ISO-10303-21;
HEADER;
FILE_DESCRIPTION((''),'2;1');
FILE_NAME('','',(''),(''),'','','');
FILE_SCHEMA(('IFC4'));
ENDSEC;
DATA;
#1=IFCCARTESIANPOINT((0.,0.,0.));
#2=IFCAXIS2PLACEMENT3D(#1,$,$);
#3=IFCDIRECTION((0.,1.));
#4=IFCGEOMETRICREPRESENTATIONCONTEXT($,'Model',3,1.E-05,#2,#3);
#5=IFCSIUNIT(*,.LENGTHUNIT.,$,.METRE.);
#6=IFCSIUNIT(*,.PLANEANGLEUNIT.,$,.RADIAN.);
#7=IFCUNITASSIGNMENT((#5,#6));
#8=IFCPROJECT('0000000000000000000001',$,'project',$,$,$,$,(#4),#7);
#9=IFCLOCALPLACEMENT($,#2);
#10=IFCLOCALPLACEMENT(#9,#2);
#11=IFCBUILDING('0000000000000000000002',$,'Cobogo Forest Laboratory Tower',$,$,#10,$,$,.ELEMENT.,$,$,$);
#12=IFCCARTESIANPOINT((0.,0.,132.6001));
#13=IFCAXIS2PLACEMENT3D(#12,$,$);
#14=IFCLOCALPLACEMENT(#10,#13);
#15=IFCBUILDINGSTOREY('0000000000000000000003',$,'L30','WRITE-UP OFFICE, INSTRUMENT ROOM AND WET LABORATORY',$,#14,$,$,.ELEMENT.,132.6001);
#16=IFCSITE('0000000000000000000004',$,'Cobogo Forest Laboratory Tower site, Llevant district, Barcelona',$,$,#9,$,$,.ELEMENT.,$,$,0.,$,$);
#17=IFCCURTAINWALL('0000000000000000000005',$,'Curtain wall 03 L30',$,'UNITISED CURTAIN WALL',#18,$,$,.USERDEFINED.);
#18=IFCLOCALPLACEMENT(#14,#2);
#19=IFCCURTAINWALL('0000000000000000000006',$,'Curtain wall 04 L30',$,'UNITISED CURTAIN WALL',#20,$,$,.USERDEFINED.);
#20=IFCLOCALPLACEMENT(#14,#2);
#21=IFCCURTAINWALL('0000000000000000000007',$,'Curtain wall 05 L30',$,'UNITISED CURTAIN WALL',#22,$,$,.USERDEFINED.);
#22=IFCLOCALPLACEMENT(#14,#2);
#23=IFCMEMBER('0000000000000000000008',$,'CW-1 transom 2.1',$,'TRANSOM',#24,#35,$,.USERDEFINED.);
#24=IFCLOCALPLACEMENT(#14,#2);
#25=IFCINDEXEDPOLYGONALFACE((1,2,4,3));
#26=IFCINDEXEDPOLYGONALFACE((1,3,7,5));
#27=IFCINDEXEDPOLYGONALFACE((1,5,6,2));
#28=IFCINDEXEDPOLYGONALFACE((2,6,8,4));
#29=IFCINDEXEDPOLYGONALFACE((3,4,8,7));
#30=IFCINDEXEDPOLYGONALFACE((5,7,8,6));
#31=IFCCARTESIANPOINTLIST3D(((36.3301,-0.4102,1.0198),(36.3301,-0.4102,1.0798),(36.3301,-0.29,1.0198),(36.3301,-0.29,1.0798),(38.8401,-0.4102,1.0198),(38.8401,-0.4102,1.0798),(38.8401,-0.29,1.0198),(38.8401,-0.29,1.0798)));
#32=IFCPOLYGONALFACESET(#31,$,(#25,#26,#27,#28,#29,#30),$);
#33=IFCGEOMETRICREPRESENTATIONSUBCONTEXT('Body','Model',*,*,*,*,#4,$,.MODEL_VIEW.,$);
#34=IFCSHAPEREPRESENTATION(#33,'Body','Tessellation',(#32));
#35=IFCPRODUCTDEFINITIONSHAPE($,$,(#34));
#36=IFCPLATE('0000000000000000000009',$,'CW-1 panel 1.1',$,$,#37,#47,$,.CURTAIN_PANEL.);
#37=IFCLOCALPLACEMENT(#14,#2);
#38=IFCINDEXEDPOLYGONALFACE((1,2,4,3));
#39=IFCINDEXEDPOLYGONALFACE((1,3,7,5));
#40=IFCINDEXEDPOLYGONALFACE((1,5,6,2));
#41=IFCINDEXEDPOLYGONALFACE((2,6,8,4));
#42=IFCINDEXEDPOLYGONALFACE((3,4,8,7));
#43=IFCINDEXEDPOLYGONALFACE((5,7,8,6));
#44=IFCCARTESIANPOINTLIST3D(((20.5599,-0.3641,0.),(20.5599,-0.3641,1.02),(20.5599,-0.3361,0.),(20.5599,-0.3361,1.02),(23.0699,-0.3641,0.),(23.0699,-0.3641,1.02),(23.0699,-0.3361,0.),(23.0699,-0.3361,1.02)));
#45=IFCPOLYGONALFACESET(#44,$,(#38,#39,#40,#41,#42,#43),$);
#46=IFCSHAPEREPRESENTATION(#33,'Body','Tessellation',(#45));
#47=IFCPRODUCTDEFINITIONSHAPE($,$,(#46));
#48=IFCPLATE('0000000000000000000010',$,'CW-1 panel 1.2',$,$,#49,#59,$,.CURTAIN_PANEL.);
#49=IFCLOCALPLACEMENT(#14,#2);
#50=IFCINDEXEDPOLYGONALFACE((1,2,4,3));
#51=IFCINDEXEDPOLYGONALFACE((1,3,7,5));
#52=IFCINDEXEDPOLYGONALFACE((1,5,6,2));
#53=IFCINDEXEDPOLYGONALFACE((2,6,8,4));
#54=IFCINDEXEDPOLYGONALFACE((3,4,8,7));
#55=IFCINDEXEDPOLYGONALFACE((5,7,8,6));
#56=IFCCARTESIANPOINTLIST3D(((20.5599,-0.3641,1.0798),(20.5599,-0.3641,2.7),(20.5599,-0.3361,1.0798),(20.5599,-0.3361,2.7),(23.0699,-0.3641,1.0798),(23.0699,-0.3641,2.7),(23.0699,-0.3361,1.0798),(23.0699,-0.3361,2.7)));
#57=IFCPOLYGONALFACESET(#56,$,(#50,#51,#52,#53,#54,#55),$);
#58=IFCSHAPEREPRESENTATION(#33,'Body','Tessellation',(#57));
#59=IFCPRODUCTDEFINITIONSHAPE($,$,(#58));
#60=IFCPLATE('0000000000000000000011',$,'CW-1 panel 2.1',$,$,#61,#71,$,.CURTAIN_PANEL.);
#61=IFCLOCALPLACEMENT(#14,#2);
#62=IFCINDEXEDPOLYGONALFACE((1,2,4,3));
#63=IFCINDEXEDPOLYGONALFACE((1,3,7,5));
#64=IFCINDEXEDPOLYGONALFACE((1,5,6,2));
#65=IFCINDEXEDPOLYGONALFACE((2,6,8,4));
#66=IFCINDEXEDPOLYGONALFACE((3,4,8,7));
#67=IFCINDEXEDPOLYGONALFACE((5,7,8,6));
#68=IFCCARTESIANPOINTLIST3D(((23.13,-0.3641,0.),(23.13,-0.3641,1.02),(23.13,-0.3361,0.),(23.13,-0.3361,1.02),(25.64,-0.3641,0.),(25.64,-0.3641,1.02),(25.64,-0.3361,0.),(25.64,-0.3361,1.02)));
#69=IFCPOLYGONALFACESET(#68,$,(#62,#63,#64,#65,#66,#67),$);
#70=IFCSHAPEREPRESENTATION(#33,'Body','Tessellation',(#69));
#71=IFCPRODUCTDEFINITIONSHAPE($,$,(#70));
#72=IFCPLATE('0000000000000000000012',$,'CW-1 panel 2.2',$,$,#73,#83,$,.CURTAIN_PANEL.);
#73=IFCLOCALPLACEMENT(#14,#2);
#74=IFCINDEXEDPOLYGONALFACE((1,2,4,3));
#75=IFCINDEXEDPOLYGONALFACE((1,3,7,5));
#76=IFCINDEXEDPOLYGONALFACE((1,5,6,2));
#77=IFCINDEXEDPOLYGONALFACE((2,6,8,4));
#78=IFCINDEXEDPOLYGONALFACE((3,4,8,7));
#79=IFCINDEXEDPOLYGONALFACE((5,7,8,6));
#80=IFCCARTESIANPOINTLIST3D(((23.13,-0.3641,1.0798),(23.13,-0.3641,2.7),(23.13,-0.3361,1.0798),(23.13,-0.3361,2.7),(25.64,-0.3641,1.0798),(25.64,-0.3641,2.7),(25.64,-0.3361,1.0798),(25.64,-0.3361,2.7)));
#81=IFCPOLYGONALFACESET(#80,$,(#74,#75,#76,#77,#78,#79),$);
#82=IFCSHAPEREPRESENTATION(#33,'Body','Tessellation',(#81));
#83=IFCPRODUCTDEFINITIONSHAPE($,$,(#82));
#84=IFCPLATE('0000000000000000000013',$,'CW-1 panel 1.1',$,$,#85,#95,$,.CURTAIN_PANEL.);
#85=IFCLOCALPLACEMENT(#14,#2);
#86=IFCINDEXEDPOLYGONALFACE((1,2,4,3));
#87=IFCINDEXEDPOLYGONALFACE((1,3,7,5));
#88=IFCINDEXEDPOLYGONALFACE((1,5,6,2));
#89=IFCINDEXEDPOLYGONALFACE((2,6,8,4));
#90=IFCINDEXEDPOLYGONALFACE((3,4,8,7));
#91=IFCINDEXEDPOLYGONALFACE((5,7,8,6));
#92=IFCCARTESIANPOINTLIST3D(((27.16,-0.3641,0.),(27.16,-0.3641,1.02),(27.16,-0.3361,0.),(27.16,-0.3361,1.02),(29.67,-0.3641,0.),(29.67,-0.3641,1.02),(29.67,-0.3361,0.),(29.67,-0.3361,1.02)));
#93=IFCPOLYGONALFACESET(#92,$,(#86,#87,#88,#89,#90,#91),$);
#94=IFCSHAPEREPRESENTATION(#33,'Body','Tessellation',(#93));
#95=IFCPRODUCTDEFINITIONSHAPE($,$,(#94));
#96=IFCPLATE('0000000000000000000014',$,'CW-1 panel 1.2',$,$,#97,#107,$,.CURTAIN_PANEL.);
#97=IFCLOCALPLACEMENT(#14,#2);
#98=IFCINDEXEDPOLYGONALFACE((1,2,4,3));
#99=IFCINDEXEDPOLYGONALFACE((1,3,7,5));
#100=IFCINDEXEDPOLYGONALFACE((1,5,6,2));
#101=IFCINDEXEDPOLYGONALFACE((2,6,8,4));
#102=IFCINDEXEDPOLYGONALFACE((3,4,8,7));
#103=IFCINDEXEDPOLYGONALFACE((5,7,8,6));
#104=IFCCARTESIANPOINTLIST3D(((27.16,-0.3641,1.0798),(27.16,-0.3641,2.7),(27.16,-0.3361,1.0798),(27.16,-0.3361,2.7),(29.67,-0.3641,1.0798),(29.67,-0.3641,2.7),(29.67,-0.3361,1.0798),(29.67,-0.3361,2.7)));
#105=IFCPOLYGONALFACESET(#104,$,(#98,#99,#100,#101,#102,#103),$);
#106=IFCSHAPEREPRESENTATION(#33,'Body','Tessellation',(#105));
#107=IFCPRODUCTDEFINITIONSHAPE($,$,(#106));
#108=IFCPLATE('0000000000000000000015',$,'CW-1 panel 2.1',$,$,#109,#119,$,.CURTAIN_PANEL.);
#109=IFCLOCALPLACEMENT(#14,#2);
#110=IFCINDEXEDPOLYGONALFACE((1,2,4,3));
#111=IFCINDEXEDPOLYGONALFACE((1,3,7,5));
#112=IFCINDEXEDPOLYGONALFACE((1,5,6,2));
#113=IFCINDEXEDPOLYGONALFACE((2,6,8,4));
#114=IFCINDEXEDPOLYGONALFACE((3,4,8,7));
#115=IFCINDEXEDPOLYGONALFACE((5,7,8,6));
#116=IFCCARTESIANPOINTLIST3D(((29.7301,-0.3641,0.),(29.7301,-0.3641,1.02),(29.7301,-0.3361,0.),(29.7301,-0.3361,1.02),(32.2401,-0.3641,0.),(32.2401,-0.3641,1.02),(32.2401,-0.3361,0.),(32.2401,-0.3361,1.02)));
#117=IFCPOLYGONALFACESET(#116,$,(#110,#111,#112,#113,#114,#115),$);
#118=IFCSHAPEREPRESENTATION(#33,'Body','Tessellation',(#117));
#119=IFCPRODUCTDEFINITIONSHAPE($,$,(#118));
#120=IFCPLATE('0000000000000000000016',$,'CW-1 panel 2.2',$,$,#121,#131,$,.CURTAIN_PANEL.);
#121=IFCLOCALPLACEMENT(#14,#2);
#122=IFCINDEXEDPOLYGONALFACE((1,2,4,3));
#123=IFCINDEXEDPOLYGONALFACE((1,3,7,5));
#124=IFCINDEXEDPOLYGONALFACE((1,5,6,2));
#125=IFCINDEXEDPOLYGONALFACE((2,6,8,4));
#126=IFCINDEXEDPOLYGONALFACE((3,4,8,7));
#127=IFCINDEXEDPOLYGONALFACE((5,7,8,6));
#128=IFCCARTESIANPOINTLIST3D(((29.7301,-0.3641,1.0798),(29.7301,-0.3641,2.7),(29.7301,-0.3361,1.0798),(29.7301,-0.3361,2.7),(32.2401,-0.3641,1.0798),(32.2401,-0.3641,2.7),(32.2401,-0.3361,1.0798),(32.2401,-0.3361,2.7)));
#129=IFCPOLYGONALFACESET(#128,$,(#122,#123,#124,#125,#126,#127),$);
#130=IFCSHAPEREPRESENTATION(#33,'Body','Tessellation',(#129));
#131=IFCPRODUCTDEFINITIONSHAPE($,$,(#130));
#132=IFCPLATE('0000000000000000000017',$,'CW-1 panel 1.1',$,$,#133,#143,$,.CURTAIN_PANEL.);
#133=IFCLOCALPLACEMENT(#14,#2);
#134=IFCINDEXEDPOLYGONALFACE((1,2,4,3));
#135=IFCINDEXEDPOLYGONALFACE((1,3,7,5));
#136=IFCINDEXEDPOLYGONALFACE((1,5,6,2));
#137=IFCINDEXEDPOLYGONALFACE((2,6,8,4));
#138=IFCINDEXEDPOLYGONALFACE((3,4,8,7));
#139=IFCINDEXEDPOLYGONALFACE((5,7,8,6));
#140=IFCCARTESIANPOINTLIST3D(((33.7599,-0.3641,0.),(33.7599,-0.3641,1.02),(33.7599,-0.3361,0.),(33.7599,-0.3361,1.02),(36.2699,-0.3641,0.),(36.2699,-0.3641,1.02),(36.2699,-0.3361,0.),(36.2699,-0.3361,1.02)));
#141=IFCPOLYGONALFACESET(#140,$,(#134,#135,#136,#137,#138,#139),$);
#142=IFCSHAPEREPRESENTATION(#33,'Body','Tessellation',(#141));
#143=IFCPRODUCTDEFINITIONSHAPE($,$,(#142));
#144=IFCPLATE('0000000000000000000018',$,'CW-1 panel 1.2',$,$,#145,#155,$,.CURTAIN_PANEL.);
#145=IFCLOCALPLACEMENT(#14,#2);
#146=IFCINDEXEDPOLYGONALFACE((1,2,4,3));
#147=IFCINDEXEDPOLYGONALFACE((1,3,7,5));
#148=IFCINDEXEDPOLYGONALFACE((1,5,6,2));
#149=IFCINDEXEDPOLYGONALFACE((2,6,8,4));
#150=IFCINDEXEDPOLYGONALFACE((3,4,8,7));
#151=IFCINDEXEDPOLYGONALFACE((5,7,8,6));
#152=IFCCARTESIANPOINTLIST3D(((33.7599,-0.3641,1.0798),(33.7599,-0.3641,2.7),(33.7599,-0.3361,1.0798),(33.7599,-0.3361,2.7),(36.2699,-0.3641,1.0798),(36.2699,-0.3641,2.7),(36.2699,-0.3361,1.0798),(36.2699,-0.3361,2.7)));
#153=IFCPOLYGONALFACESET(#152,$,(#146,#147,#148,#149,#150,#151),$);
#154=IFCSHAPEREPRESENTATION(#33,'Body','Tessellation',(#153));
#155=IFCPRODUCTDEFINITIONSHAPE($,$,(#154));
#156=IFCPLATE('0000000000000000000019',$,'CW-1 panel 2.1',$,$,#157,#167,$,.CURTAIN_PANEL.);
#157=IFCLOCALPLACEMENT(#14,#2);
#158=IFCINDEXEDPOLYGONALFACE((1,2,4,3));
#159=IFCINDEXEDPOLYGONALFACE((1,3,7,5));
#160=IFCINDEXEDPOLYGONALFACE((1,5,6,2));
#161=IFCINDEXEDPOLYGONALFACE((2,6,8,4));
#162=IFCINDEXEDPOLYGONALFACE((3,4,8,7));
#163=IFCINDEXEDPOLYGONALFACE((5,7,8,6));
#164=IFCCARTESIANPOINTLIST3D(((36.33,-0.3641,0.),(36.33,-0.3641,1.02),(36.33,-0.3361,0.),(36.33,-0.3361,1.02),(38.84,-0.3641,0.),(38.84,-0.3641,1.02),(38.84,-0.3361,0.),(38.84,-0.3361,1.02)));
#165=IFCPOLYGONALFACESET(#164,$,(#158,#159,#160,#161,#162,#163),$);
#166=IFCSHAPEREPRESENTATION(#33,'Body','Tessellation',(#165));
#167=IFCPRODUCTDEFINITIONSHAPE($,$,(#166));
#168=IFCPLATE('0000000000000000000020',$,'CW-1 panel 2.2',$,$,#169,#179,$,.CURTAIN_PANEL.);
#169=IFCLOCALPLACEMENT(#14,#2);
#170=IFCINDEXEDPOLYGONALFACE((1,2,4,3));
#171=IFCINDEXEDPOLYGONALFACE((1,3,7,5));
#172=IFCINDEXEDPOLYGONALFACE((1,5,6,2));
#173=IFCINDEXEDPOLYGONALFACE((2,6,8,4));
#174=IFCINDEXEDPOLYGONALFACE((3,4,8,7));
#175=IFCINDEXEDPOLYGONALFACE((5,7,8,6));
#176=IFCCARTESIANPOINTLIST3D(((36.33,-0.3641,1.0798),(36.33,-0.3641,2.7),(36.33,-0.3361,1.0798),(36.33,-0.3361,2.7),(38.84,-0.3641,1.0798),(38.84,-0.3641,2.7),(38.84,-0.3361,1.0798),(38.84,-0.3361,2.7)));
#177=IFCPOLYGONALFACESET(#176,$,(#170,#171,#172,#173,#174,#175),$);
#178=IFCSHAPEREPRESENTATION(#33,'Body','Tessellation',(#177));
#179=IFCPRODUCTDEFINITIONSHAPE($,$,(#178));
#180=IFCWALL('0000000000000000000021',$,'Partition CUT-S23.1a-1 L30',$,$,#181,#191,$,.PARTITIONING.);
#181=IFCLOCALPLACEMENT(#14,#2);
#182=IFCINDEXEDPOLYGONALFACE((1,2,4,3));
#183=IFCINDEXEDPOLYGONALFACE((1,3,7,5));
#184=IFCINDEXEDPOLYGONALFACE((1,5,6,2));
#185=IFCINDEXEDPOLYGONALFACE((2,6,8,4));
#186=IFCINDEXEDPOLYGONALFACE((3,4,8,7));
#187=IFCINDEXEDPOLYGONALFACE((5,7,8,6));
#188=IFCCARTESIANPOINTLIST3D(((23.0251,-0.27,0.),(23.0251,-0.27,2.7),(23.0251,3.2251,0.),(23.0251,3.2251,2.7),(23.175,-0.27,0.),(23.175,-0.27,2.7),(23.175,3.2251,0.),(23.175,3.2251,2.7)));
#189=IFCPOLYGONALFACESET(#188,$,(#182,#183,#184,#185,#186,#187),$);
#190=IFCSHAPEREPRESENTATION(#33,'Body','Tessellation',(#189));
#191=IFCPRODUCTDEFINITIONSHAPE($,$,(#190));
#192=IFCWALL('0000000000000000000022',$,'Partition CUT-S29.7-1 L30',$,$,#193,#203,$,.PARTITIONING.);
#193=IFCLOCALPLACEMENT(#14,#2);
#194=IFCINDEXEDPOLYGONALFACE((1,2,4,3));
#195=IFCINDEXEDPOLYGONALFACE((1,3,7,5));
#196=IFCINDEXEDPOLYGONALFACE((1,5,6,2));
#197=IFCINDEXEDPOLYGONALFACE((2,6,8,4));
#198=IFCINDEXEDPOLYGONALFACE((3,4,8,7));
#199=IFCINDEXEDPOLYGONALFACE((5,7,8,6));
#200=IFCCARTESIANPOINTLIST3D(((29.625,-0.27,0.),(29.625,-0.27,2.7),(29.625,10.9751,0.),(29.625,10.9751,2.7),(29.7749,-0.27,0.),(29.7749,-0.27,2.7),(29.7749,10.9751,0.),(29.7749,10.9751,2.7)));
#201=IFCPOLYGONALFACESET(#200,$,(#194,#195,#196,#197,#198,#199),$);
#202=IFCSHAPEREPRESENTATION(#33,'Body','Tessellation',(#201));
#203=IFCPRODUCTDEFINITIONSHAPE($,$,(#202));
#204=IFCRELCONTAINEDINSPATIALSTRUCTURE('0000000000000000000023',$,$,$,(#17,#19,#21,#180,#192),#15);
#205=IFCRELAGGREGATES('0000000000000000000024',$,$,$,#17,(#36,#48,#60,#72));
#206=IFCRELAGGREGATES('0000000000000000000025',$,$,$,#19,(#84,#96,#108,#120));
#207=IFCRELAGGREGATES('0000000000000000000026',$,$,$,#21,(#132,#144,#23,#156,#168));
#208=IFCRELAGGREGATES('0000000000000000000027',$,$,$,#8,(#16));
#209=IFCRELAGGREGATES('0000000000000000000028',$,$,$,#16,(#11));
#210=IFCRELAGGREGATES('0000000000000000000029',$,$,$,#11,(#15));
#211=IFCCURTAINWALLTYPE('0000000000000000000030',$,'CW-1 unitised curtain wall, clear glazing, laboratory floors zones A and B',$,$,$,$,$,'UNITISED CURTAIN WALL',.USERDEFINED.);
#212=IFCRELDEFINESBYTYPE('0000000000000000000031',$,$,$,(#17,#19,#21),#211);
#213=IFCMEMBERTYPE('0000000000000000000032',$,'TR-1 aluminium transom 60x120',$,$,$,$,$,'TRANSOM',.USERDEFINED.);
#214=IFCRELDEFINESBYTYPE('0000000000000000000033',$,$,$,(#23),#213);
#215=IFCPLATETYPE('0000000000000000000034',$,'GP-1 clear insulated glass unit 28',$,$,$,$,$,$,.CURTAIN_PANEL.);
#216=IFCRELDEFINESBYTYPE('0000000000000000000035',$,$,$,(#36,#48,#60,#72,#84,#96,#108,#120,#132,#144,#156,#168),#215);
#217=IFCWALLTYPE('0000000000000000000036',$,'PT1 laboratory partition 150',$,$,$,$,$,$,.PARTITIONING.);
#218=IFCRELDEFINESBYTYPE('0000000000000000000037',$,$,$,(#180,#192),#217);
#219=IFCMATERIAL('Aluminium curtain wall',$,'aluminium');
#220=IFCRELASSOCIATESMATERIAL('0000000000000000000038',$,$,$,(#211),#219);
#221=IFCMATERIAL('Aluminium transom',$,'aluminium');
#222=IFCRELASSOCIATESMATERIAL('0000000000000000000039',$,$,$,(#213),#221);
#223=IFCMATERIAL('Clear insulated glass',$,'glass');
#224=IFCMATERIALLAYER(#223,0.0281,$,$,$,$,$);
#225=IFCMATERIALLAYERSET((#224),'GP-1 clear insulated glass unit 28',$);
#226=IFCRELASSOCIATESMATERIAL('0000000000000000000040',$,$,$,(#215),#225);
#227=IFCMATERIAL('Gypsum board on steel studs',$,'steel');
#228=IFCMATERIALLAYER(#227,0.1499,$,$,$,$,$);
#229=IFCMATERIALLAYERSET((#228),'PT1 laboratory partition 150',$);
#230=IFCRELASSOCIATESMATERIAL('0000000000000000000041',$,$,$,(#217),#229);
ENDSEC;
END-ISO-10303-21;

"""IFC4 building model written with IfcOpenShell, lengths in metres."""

from ifc_helpers import new_model, si_unit, direction, frame, frame_2d, origin, origin_2d, place, context, subcontext, project, spatial, rectangle, extrude, material, layer, layer_set, material_profile, profile_set, type_object, element, aggregate, save


model = new_model("IFC4")

# Units and contexts
model_context = context("Model", 3, precision=1e-05, world=origin(), true_north=direction((0.0, 1.0)))
body_context = subcontext(model_context, "Body", "Model", "MODEL_VIEW")
ifc_project = project(units=[si_unit("LENGTHUNIT", "METRE"), si_unit("PLANEANGLEUNIT", "RADIAN")], contexts=[model_context])

# Site, building, storey
site_placement = place(None, origin())
site = spatial("IfcSite", under=ifc_project, at=site_placement, Name="Cobogo Forest Laboratory Tower site, Llevant district, Barcelona", CompositionType="ELEMENT", RefElevation=0.0)
building_placement = place(site_placement, origin())
building = spatial("IfcBuilding", under=site, at=building_placement, Name="Cobogo Forest Laboratory Tower", CompositionType="ELEMENT")
storey_placement = place(building_placement, frame((0.0, 0.0, 132.6001)))
storey = spatial("IfcBuildingStorey", under=building, at=storey_placement, Name="L30", Description="WRITE-UP OFFICE, INSTRUMENT ROOM AND WET LABORATORY", CompositionType="ELEMENT", Elevation=132.6001)

# Curtain walls
ifc_material_1 = material(Name="Aluminium curtain wall", Category="aluminium")
curtain_wall_type = type_object("IfcCurtainWallType", Name="CW-1 unitised curtain wall, clear glazing, laboratory floors zones A and B", ElementType="UNITISED CURTAIN WALL", PredefinedType="USERDEFINED", material=ifc_material_1)
curtain_wall_1_placement = place(storey_placement, origin())
curtain_wall_1 = element("IfcCurtainWall", 1, at=curtain_wall_1_placement, inside=storey, type_object=curtain_wall_type, Name="Curtain wall 03 L30", ObjectType="UNITISED CURTAIN WALL", PredefinedType="USERDEFINED")
curtain_wall_2_placement = place(storey_placement, origin())
curtain_wall_2 = element("IfcCurtainWall", 2, at=curtain_wall_2_placement, inside=storey, type_object=curtain_wall_type, Name="Curtain wall 04 L30", ObjectType="UNITISED CURTAIN WALL", PredefinedType="USERDEFINED")
curtain_wall_3_placement = place(storey_placement, origin())
curtain_wall_3 = element("IfcCurtainWall", 3, at=curtain_wall_3_placement, inside=storey, type_object=curtain_wall_type, Name="Curtain wall 05 L30", ObjectType="UNITISED CURTAIN WALL", PredefinedType="USERDEFINED")

# Member
ifc_material_2 = material(Name="Aluminium transom", Category="aluminium")
ifc_material_profile_1 = material_profile(ifc_material_2, rectangle(XDim=0.1201, YDim=0.0601, at=origin_2d()), Name="AL 60x120")
ifc_profile_set_1 = profile_set([ifc_material_profile_1], Name="Aluminium transom")
member_type_1 = type_object("IfcMemberType", Name="TR-1 aluminium transom 60x120", ElementType="TRANSOM", PredefinedType="USERDEFINED", material=ifc_profile_set_1)
member_1_placement = place(storey_placement, frame((36.3301, -0.3501, 1.0498), z_axis=(1.0, 0.0, 0.0), x_axis=(0.0, 1.0, 0.0)))
member_1 = element("IfcMember", 4, at=member_1_placement, type_object=member_type_1, Name="CW-1 transom 2.1", ObjectType="TRANSOM", PredefinedType="USERDEFINED", context=body_context, shape_type="SweptSolid", body=[
    extrude(rectangle(XDim=0.1201, YDim=0.0601, at=origin_2d()), origin(), (0.0, 0.0, 1.0), 2.51),
])

# Plates
ifc_material_3 = material(Name="Clear insulated glass", Category="glass")
ifc_layer_1 = layer(ifc_material_3, 0.0281)
ifc_layer_set_1 = layer_set([ifc_layer_1], Name="GP-1 clear insulated glass unit 28")
plate_type_1 = type_object("IfcPlateType", Name="GP-1 clear insulated glass unit 28", PredefinedType="CURTAIN_PANEL", material=ifc_layer_set_1)
plate_1_placement = place(storey_placement, frame((21.8149, -0.3501, 0.0), z_axis=(0.0, 0.0, 1.0), x_axis=(1.0, 0.0, 0.0)))
plate_1 = element("IfcPlate", 5, at=plate_1_placement, type_object=plate_type_1, Name="CW-1 panel 1.1", PredefinedType="CURTAIN_PANEL", context=body_context, shape_type="SweptSolid", body=[
    extrude(rectangle(XDim=2.51, YDim=0.0281, at=origin_2d()), origin(), (0.0, 0.0, 1.0), 1.02),
])
plate_2_placement = place(storey_placement, frame((21.8149, -0.3501, 1.0798), z_axis=(0.0, 0.0, 1.0), x_axis=(1.0, 0.0, 0.0)))
plate_2 = element("IfcPlate", 6, at=plate_2_placement, type_object=plate_type_1, Name="CW-1 panel 1.2", PredefinedType="CURTAIN_PANEL", context=body_context, shape_type="SweptSolid", body=[
    extrude(rectangle(XDim=2.51, YDim=0.0281, at=origin_2d()), origin(), (0.0, 0.0, 1.0), 1.6201),
])
plate_3_placement = place(storey_placement, frame((24.385, -0.3501, 0.0), z_axis=(0.0, 0.0, 1.0), x_axis=(1.0, 0.0, 0.0)))
plate_3 = element("IfcPlate", 7, at=plate_3_placement, type_object=plate_type_1, Name="CW-1 panel 2.1", PredefinedType="CURTAIN_PANEL", context=body_context, shape_type="SweptSolid", body=[
    extrude(rectangle(XDim=2.51, YDim=0.0281, at=origin_2d()), origin(), (0.0, 0.0, 1.0), 1.02),
])
plate_4_placement = place(storey_placement, frame((24.385, -0.3501, 1.0798), z_axis=(0.0, 0.0, 1.0), x_axis=(1.0, 0.0, 0.0)))
plate_4 = element("IfcPlate", 8, at=plate_4_placement, type_object=plate_type_1, Name="CW-1 panel 2.2", PredefinedType="CURTAIN_PANEL", context=body_context, shape_type="SweptSolid", body=[
    extrude(rectangle(XDim=2.51, YDim=0.0281, at=origin_2d()), origin(), (0.0, 0.0, 1.0), 1.6201),
])
aggregate(curtain_wall_1, [plate_1, plate_2, plate_3, plate_4])
plate_5_placement = place(storey_placement, frame((28.415, -0.3501, 0.0), z_axis=(0.0, 0.0, 1.0), x_axis=(1.0, 0.0, 0.0)))
plate_5 = element("IfcPlate", 9, at=plate_5_placement, type_object=plate_type_1, Name="CW-1 panel 1.1", PredefinedType="CURTAIN_PANEL", context=body_context, shape_type="SweptSolid", body=[
    extrude(rectangle(XDim=2.51, YDim=0.0281, at=origin_2d()), origin(), (0.0, 0.0, 1.0), 1.02),
])
plate_6_placement = place(storey_placement, frame((28.415, -0.3501, 1.0798), z_axis=(0.0, 0.0, 1.0), x_axis=(1.0, 0.0, 0.0)))
plate_6 = element("IfcPlate", 10, at=plate_6_placement, type_object=plate_type_1, Name="CW-1 panel 1.2", PredefinedType="CURTAIN_PANEL", context=body_context, shape_type="SweptSolid", body=[
    extrude(rectangle(XDim=2.51, YDim=0.0281, at=origin_2d()), origin(), (0.0, 0.0, 1.0), 1.6201),
])
plate_7_placement = place(storey_placement, frame((30.9851, -0.3501, 0.0), z_axis=(0.0, 0.0, 1.0), x_axis=(1.0, 0.0, 0.0)))
plate_7 = element("IfcPlate", 11, at=plate_7_placement, type_object=plate_type_1, Name="CW-1 panel 2.1", PredefinedType="CURTAIN_PANEL", context=body_context, shape_type="SweptSolid", body=[
    extrude(rectangle(XDim=2.51, YDim=0.0281, at=origin_2d()), origin(), (0.0, 0.0, 1.0), 1.02),
])
plate_8_placement = place(storey_placement, frame((30.9851, -0.3501, 1.0798), z_axis=(0.0, 0.0, 1.0), x_axis=(1.0, 0.0, 0.0)))
plate_8 = element("IfcPlate", 12, at=plate_8_placement, type_object=plate_type_1, Name="CW-1 panel 2.2", PredefinedType="CURTAIN_PANEL", context=body_context, shape_type="SweptSolid", body=[
    extrude(rectangle(XDim=2.51, YDim=0.0281, at=origin_2d()), origin(), (0.0, 0.0, 1.0), 1.6201),
])
aggregate(curtain_wall_2, [plate_5, plate_6, plate_7, plate_8])
plate_9_placement = place(storey_placement, frame((35.0149, -0.3501, 0.0), z_axis=(0.0, 0.0, 1.0), x_axis=(1.0, 0.0, 0.0)))
plate_9 = element("IfcPlate", 13, at=plate_9_placement, type_object=plate_type_1, Name="CW-1 panel 1.1", PredefinedType="CURTAIN_PANEL", context=body_context, shape_type="SweptSolid", body=[
    extrude(rectangle(XDim=2.51, YDim=0.0281, at=origin_2d()), origin(), (0.0, 0.0, 1.0), 1.02),
])
plate_10_placement = place(storey_placement, frame((35.0149, -0.3501, 1.0798), z_axis=(0.0, 0.0, 1.0), x_axis=(1.0, 0.0, 0.0)))
plate_10 = element("IfcPlate", 14, at=plate_10_placement, type_object=plate_type_1, Name="CW-1 panel 1.2", PredefinedType="CURTAIN_PANEL", context=body_context, shape_type="SweptSolid", body=[
    extrude(rectangle(XDim=2.51, YDim=0.0281, at=origin_2d()), origin(), (0.0, 0.0, 1.0), 1.6201),
])
plate_11_placement = place(storey_placement, frame((37.585, -0.3501, 0.0), z_axis=(0.0, 0.0, 1.0), x_axis=(1.0, 0.0, 0.0)))
plate_11 = element("IfcPlate", 15, at=plate_11_placement, type_object=plate_type_1, Name="CW-1 panel 2.1", PredefinedType="CURTAIN_PANEL", context=body_context, shape_type="SweptSolid", body=[
    extrude(rectangle(XDim=2.51, YDim=0.0281, at=origin_2d()), origin(), (0.0, 0.0, 1.0), 1.02),
])
plate_12_placement = place(storey_placement, frame((37.585, -0.3501, 1.0798), z_axis=(0.0, 0.0, 1.0), x_axis=(1.0, 0.0, 0.0)))
plate_12 = element("IfcPlate", 16, at=plate_12_placement, type_object=plate_type_1, Name="CW-1 panel 2.2", PredefinedType="CURTAIN_PANEL", context=body_context, shape_type="SweptSolid", body=[
    extrude(rectangle(XDim=2.51, YDim=0.0281, at=origin_2d()), origin(), (0.0, 0.0, 1.0), 1.6201),
])
aggregate(curtain_wall_3, [plate_9, plate_10, member_1, plate_11, plate_12])

# Walls
ifc_material_4 = material(Name="Gypsum board on steel studs", Category="steel")
ifc_layer_2 = layer(ifc_material_4, 0.1499)
ifc_layer_set_2 = layer_set([ifc_layer_2], Name="PT1 laboratory partition 150")
wall_type = type_object("IfcWallType", Name="PT1 laboratory partition 150", PredefinedType="PARTITIONING", material=ifc_layer_set_2)
wall_1_placement = place(storey_placement, frame((23.1001, -0.27, 0.0), z_axis=(0.0, 0.0, 1.0), x_axis=(0.0, 1.0, 0.0)))
element("IfcWall", 17, at=wall_1_placement, inside=storey, type_object=wall_type, Name="Partition CUT-S23.1a-1 L30", PredefinedType="PARTITIONING", context=body_context, shape_type="SweptSolid", body=[
    extrude(rectangle(XDim=3.4951, YDim=0.1499, at=frame_2d((1.7476, 0.0))), origin(), (0.0, 0.0, 1.0), 2.7),
])
wall_2_placement = place(storey_placement, frame((29.7, -0.27, 0.0), z_axis=(0.0, 0.0, 1.0), x_axis=(0.0, 1.0, 0.0)))
element("IfcWall", 18, at=wall_2_placement, inside=storey, type_object=wall_type, Name="Partition CUT-S29.7-1 L30", PredefinedType="PARTITIONING", context=body_context, shape_type="SweptSolid", body=[
    extrude(rectangle(XDim=11.2451, YDim=0.1499, at=frame_2d((5.6226, 0.0))), origin(), (0.0, 0.0, 1.0), 2.7),
])

save(model, "model.ifc")
